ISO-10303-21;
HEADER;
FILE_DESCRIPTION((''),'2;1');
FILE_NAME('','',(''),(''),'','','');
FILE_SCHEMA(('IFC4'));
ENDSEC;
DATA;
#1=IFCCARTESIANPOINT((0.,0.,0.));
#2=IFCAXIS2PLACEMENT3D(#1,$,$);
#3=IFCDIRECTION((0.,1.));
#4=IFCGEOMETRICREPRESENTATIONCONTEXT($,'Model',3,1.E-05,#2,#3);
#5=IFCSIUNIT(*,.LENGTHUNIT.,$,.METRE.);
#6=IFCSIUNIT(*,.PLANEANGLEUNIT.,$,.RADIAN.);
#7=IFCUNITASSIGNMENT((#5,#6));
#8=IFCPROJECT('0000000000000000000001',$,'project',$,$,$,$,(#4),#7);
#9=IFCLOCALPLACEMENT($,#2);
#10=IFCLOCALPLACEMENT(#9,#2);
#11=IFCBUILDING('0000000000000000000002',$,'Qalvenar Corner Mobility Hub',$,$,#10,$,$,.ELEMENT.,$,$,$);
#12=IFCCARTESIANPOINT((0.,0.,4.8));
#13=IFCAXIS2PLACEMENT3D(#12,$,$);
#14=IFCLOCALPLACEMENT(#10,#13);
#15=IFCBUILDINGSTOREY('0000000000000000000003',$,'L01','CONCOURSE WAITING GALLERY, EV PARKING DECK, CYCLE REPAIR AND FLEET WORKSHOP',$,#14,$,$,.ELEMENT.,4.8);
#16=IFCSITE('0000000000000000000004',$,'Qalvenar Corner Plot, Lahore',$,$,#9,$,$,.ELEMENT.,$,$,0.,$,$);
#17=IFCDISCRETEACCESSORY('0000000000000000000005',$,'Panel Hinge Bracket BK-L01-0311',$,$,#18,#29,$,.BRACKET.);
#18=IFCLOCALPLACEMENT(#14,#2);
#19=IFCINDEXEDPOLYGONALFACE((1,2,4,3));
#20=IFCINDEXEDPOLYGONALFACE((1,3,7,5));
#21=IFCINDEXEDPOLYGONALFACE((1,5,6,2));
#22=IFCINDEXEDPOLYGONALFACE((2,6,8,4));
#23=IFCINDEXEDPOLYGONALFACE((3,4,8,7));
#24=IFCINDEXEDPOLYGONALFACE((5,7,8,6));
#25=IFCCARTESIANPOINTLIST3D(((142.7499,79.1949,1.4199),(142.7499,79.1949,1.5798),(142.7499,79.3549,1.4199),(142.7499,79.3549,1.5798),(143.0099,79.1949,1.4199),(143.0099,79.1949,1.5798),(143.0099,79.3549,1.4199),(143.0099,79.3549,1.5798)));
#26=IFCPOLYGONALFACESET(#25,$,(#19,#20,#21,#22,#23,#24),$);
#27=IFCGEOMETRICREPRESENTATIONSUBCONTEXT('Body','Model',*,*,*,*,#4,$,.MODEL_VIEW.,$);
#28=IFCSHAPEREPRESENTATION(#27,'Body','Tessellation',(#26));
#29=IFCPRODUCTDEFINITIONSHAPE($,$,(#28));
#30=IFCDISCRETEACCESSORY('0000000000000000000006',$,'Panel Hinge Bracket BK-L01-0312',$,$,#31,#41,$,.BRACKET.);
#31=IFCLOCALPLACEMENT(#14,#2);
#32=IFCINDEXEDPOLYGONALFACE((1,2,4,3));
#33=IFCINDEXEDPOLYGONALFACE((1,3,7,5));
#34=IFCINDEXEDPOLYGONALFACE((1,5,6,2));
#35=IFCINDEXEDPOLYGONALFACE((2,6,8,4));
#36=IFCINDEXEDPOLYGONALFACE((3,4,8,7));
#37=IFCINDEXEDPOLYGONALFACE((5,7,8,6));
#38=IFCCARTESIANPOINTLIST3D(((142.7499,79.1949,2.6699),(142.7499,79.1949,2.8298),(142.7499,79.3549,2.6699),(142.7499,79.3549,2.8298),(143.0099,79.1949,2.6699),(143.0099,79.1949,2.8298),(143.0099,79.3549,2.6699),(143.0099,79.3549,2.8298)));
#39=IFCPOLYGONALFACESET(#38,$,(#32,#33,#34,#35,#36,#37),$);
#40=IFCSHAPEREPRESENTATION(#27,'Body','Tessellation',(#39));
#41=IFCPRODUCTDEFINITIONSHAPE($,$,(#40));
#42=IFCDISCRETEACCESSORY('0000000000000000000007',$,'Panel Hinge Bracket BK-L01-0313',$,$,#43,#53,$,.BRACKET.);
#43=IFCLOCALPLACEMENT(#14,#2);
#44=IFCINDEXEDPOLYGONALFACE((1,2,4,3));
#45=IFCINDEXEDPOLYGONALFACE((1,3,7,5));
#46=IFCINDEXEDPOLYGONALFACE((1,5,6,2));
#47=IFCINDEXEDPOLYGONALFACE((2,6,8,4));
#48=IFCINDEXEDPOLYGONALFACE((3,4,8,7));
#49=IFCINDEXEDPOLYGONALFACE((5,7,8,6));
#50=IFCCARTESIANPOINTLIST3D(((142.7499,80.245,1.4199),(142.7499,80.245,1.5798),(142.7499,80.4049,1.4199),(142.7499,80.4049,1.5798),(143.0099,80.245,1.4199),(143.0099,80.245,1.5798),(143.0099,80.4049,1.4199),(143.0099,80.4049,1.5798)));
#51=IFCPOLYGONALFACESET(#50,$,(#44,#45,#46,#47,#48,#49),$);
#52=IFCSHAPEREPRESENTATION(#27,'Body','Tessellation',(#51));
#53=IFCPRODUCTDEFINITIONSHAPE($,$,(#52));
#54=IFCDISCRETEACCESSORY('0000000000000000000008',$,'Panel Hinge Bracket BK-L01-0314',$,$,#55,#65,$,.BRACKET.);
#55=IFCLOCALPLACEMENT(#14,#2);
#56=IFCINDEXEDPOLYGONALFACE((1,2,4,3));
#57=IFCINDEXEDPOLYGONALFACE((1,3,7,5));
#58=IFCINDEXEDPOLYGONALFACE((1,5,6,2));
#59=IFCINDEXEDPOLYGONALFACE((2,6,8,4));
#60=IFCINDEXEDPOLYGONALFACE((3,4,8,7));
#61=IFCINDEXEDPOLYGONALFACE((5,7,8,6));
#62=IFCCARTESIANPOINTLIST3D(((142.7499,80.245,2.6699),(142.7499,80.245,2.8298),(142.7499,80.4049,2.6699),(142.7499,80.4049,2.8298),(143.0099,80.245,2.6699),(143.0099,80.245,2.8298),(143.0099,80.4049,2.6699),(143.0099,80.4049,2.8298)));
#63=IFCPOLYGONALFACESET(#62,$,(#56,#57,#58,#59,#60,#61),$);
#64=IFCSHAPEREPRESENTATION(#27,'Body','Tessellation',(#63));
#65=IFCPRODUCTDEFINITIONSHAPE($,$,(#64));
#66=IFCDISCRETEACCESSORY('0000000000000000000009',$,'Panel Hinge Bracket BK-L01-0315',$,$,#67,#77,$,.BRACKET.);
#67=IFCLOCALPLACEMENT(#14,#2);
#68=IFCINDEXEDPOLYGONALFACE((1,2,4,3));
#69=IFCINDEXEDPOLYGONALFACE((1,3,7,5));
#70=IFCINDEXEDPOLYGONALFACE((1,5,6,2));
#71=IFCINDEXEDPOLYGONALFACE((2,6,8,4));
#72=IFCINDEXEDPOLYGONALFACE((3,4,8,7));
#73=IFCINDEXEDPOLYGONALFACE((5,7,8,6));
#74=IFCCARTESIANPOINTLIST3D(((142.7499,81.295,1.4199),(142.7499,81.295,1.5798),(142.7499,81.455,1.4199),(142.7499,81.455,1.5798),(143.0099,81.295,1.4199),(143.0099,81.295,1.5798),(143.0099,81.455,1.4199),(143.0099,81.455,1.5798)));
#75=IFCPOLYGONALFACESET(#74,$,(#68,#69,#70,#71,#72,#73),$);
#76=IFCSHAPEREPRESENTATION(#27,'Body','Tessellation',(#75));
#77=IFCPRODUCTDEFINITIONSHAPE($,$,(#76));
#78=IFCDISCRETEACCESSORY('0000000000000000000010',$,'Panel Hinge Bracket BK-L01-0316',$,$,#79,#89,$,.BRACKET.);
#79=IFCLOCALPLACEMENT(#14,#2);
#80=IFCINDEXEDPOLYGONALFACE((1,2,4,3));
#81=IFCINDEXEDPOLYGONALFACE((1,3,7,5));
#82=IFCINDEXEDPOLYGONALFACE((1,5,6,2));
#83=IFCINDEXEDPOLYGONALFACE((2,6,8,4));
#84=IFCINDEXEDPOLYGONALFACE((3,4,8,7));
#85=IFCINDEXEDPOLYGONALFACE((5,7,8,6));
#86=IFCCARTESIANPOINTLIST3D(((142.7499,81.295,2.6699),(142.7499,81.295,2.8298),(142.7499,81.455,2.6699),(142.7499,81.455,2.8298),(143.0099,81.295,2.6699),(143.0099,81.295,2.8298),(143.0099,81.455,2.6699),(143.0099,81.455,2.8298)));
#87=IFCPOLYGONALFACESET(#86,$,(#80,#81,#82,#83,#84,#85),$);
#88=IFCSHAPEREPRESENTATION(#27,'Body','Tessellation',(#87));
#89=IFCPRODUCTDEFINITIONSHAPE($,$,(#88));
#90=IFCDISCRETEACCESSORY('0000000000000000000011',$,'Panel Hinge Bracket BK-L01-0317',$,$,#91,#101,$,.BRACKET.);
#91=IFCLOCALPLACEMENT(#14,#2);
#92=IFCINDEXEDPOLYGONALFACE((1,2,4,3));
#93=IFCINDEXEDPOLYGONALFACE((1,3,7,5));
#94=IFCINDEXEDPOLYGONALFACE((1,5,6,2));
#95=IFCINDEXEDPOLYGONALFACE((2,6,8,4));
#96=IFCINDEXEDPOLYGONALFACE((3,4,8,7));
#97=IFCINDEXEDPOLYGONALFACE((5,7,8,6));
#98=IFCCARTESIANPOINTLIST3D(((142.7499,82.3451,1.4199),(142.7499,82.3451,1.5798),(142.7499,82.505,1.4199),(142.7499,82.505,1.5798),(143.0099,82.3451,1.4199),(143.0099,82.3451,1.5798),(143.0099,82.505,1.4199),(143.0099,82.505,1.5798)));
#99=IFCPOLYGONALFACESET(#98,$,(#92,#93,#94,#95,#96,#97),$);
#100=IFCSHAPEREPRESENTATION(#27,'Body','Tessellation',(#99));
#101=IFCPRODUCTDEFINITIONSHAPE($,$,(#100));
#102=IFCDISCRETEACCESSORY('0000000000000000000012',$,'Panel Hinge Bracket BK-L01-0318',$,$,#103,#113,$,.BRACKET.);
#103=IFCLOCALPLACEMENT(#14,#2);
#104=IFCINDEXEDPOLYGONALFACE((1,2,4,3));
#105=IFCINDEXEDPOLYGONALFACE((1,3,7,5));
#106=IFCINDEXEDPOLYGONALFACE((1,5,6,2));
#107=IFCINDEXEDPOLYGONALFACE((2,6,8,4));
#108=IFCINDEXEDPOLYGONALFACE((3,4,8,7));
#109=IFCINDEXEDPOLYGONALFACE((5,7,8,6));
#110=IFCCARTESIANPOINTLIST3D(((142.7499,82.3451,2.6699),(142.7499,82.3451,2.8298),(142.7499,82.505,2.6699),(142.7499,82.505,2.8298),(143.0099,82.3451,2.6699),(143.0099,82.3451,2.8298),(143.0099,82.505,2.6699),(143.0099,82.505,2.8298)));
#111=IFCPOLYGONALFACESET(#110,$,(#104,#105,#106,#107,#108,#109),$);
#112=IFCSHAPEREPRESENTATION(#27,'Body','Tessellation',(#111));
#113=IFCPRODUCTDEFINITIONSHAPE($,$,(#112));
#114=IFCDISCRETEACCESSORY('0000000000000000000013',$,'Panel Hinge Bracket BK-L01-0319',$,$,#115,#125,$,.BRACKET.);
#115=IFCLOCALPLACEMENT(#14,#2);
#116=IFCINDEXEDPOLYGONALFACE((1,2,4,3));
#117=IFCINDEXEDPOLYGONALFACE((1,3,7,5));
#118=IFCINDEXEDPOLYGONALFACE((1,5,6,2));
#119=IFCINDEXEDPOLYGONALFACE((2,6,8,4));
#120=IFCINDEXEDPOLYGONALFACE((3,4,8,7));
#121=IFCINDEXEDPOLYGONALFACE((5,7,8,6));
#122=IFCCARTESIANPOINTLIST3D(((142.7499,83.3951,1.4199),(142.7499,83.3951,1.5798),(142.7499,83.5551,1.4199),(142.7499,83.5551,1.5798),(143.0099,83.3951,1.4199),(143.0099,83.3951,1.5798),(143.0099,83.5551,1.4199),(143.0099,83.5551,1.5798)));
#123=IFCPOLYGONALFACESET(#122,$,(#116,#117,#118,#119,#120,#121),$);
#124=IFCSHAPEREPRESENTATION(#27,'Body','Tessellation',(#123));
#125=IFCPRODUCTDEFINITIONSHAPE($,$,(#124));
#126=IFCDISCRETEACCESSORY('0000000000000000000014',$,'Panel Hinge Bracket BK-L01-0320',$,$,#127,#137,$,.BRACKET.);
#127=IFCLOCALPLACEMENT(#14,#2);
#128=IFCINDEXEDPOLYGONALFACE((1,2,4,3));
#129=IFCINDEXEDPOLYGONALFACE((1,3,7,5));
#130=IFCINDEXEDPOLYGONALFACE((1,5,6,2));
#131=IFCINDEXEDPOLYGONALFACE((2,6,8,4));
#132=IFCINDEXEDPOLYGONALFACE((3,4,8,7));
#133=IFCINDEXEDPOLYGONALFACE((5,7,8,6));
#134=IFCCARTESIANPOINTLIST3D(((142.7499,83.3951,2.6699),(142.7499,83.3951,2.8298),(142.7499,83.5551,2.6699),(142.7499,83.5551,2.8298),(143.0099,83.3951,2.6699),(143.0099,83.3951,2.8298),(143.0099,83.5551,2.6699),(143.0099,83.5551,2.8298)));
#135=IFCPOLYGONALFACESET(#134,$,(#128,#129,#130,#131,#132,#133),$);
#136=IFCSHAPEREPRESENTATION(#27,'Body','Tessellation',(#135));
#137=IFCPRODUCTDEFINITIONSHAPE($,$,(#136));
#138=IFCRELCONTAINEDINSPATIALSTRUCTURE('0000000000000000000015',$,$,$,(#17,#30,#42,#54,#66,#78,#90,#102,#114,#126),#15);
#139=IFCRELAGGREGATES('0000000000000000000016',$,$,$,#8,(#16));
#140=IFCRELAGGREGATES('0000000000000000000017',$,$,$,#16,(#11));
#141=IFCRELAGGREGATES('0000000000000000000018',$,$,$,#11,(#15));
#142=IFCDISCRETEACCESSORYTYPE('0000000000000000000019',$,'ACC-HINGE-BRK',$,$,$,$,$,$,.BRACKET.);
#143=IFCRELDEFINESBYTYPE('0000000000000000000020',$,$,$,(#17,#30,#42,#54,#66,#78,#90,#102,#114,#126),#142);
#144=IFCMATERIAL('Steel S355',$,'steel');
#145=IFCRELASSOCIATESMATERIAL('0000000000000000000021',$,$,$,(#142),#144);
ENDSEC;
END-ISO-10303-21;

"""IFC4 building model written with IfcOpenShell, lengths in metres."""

from ifc_helpers import new_model, si_unit, direction, frame, origin, origin_2d, place, context, subcontext, project, spatial, rectangle, extrude, material, type_object, element, save


model = new_model("IFC4")

# Units and contexts
model_context = context("Model", 3, precision=1e-05, world=origin(), true_north=direction((0.0, 1.0)))
body_context = subcontext(model_context, "Body", "Model", "MODEL_VIEW")
ifc_project = project(units=[si_unit("LENGTHUNIT", "METRE"), si_unit("PLANEANGLEUNIT", "RADIAN")], contexts=[model_context])

# Site, building, storey
site_placement = place(None, origin())
site = spatial("IfcSite", under=ifc_project, at=site_placement, Name="Qalvenar Corner Plot, Lahore", CompositionType="ELEMENT", RefElevation=0.0)
building_placement = place(site_placement, origin())
building = spatial("IfcBuilding", under=site, at=building_placement, Name="Qalvenar Corner Mobility Hub", CompositionType="ELEMENT")
storey_placement = place(building_placement, frame((0.0, 0.0, 4.8)))
storey = spatial("IfcBuildingStorey", under=building, at=storey_placement, Name="L01", Description="CONCOURSE WAITING GALLERY, EV PARKING DECK, CYCLE REPAIR AND FLEET WORKSHOP", CompositionType="ELEMENT", Elevation=4.8)

# Discrete accessories
ifc_material_1 = material(Name="Steel S355", Category="steel")
discrete_accessory_type = type_object("IfcDiscreteAccessoryType", Name="ACC-HINGE-BRK", PredefinedType="BRACKET", material=ifc_material_1)
for number, where, z_axis, x_axis, name in (
    (1, (142.8799, 79.2749, 1.4199), (0.0, 0.0, 1.0), (0.0, 1.0, 0.0), "Panel Hinge Bracket BK-L01-0311"),
    (2, (142.8799, 79.2749, 2.6699), (0.0, 0.0, 1.0), (0.0, 1.0, 0.0), "Panel Hinge Bracket BK-L01-0312"),
    (3, (142.8799, 80.325, 1.4199), (0.0, 0.0, 1.0), (0.0, 1.0, 0.0), "Panel Hinge Bracket BK-L01-0313"),
    (4, (142.8799, 80.325, 2.6699), (0.0, 0.0, 1.0), (0.0, 1.0, 0.0), "Panel Hinge Bracket BK-L01-0314"),
    (5, (142.8799, 81.375, 1.4199), (0.0, 0.0, 1.0), (0.0, 1.0, 0.0), "Panel Hinge Bracket BK-L01-0315"),
    (6, (142.8799, 81.375, 2.6699), (0.0, 0.0, 1.0), (0.0, 1.0, 0.0), "Panel Hinge Bracket BK-L01-0316"),
    (7, (142.8799, 82.425, 1.4199), (0.0, 0.0, 1.0), (0.0, 1.0, 0.0), "Panel Hinge Bracket BK-L01-0317"),
    (8, (142.8799, 82.425, 2.6699), (0.0, 0.0, 1.0), (0.0, 1.0, 0.0), "Panel Hinge Bracket BK-L01-0318"),
    (9, (142.8799, 83.4751, 1.4199), (0.0, 0.0, 1.0), (0.0, 1.0, 0.0), "Panel Hinge Bracket BK-L01-0319"),
    (10, (142.8799, 83.4751, 2.6699), (0.0, 0.0, 1.0), (0.0, 1.0, 0.0), "Panel Hinge Bracket BK-L01-0320"),
):
    element("IfcDiscreteAccessory", number, at=place(storey_placement, frame(where, z_axis=z_axis, x_axis=x_axis)), inside=storey, type_object=discrete_accessory_type, Name=name, PredefinedType="BRACKET", context=body_context, shape_type="SweptSolid", body=[
        extrude(rectangle(XDim=0.1599, YDim=0.26, at=origin_2d()), origin(), (0.0, 0.0, 1.0), 0.1599),
    ])

save(model, "model.ifc")
